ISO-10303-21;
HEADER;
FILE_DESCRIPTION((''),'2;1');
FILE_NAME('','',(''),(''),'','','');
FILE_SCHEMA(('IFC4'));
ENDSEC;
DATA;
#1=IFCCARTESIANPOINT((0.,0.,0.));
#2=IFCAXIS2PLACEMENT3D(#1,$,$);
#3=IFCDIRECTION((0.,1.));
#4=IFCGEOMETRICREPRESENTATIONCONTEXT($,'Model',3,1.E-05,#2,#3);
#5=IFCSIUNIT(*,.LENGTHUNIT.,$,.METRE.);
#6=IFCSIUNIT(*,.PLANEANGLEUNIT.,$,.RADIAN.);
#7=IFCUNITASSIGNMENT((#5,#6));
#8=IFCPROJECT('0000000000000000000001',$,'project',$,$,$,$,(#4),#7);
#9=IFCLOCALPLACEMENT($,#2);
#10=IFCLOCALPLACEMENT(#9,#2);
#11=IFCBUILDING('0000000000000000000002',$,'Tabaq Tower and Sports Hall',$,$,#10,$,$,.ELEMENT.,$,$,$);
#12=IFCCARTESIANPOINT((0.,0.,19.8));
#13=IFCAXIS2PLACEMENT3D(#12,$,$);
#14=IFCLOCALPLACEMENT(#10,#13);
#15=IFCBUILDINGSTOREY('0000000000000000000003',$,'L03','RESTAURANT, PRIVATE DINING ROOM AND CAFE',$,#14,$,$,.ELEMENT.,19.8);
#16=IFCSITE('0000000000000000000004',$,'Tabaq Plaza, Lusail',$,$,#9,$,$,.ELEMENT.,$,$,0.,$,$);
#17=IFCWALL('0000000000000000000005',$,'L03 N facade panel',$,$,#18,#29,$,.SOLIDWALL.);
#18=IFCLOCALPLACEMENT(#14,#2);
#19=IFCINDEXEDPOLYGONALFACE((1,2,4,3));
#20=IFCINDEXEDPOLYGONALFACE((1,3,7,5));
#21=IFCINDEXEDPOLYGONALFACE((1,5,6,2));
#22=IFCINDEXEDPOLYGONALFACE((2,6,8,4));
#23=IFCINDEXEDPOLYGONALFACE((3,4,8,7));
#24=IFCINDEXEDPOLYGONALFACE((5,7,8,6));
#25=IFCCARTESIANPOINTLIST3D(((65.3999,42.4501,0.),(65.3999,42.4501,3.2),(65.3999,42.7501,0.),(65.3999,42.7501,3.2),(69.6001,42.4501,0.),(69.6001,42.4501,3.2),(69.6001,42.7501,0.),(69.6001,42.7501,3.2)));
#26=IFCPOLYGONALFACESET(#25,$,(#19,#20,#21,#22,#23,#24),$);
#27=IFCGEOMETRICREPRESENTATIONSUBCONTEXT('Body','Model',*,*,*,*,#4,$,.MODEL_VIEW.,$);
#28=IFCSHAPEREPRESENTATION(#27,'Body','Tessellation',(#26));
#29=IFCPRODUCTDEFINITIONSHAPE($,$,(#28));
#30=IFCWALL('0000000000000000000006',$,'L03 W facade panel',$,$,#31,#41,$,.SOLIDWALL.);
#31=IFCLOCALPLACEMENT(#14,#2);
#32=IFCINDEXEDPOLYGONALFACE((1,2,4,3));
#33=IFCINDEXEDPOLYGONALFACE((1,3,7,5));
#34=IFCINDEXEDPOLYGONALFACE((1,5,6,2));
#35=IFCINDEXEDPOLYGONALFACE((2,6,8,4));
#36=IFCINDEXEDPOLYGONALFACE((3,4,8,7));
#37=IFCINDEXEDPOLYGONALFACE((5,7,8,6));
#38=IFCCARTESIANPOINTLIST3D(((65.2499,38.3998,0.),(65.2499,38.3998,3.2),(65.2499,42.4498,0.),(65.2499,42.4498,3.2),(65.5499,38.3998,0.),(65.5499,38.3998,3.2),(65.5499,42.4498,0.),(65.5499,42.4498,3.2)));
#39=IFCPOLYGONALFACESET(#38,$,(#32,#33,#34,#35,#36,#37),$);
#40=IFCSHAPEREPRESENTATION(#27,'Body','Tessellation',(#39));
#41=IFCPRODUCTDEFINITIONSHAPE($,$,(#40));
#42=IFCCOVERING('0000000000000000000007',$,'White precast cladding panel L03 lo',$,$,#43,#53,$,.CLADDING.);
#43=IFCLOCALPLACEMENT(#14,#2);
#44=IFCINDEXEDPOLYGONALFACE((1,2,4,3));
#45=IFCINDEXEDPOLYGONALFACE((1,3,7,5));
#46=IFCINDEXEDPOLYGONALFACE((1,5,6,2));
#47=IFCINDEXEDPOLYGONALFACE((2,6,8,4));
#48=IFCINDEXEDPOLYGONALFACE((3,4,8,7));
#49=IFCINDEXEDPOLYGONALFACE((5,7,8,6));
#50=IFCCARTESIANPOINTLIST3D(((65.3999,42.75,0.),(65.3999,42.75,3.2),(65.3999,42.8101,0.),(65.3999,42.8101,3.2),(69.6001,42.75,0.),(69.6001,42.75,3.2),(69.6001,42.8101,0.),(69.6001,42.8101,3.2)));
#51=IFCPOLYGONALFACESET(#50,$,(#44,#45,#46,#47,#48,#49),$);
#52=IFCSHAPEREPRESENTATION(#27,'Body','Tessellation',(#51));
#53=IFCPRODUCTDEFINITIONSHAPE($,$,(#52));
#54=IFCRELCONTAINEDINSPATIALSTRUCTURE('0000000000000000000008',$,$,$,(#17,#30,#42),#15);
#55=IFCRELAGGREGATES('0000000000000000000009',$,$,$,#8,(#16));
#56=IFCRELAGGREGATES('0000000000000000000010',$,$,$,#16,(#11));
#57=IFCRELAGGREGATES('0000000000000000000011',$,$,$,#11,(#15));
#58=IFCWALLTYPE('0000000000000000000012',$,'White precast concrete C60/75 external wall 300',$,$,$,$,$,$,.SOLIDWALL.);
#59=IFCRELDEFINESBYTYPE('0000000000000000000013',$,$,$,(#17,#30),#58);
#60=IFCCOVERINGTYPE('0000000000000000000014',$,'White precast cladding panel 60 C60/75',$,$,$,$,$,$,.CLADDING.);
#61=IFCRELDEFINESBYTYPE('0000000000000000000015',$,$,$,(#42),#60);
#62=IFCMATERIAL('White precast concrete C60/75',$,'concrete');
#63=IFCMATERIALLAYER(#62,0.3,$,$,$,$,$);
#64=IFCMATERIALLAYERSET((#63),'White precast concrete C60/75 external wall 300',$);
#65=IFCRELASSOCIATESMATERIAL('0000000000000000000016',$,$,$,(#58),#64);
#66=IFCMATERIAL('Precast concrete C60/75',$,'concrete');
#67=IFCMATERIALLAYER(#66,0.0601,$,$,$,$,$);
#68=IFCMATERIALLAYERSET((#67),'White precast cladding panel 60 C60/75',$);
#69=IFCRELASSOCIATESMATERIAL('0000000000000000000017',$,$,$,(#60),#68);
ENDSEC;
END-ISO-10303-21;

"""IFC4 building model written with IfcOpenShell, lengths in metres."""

from ifc_helpers import new_model, si_unit, direction, frame, frame_2d, origin, place, context, subcontext, project, spatial, rectangle, extrude, material, layer, layer_set, type_object, element, save


model = new_model("IFC4")

# Units and contexts
model_context = context("Model", 3, precision=1e-05, world=origin(), true_north=direction((0.0, 1.0)))
body_context = subcontext(model_context, "Body", "Model", "MODEL_VIEW")
ifc_project = project(units=[si_unit("LENGTHUNIT", "METRE"), si_unit("PLANEANGLEUNIT", "RADIAN")], contexts=[model_context])

# Site, building, storey
site_placement = place(None, origin())
site = spatial("IfcSite", under=ifc_project, at=site_placement, Name="Tabaq Plaza, Lusail", CompositionType="ELEMENT", RefElevation=0.0)
building_placement = place(site_placement, origin())
building = spatial("IfcBuilding", under=site, at=building_placement, Name="Tabaq Tower and Sports Hall", CompositionType="ELEMENT")
storey_placement = place(building_placement, frame((0.0, 0.0, 19.8)))
storey = spatial("IfcBuildingStorey", under=building, at=storey_placement, Name="L03", Description="RESTAURANT, PRIVATE DINING ROOM AND CAFE", CompositionType="ELEMENT", Elevation=19.8)

# Walls
ifc_material_1 = material(Name="White precast concrete C60/75", Category="concrete")
ifc_layer_1 = layer(ifc_material_1, 0.3)
ifc_layer_set_1 = layer_set([ifc_layer_1], Name="White precast concrete C60/75 external wall 300")
wall_type = type_object("IfcWallType", Name="White precast concrete C60/75 external wall 300", PredefinedType="SOLIDWALL", material=ifc_layer_set_1)
wall_1_placement = place(storey_placement, frame((65.3999, 42.6001, 0.0), z_axis=(0.0, 0.0, 1.0), x_axis=(1.0, 0.0, 0.0)))
element("IfcWall", 1, at=wall_1_placement, inside=storey, type_object=wall_type, Name="L03 N facade panel", PredefinedType="SOLIDWALL", context=body_context, shape_type="SweptSolid", body=[
    extrude(rectangle(XDim=4.2002, YDim=0.3, at=frame_2d((2.1001, 0.0))), origin(), (0.0, 0.0, 1.0), 3.2),
])
wall_2_placement = place(storey_placement, frame((65.3999, 38.3999, 0.0), z_axis=(0.0, 0.0, 1.0), x_axis=(0.0, 1.0, 0.0)))
element("IfcWall", 2, at=wall_2_placement, inside=storey, type_object=wall_type, Name="L03 W facade panel", PredefinedType="SOLIDWALL", context=body_context, shape_type="SweptSolid", body=[
    extrude(rectangle(XDim=4.05, YDim=0.3, at=frame_2d((2.0249, 0.0))), origin(), (0.0, 0.0, 1.0), 3.2),
])

# Covering
ifc_material_2 = material(Name="Precast concrete C60/75", Category="concrete")
ifc_layer_2 = layer(ifc_material_2, 0.0601)
ifc_layer_set_2 = layer_set([ifc_layer_2], Name="White precast cladding panel 60 C60/75")
covering_type = type_object("IfcCoveringType", Name="White precast cladding panel 60 C60/75", PredefinedType="CLADDING", material=ifc_layer_set_2)
covering_placement = place(storey_placement, frame((65.3999, 42.78, 0.0), z_axis=(0.0, 0.0, 1.0), x_axis=(1.0, 0.0, 0.0)))
element("IfcCovering", 3, at=covering_placement, inside=storey, type_object=covering_type, Name="White precast cladding panel L03 lo", PredefinedType="CLADDING", context=body_context, shape_type="SweptSolid", body=[
    extrude(rectangle(XDim=4.2002, YDim=0.0601, at=frame_2d((2.1001, 0.0))), origin(), (0.0, 0.0, 1.0), 3.2),
])

save(model, "model.ifc")
